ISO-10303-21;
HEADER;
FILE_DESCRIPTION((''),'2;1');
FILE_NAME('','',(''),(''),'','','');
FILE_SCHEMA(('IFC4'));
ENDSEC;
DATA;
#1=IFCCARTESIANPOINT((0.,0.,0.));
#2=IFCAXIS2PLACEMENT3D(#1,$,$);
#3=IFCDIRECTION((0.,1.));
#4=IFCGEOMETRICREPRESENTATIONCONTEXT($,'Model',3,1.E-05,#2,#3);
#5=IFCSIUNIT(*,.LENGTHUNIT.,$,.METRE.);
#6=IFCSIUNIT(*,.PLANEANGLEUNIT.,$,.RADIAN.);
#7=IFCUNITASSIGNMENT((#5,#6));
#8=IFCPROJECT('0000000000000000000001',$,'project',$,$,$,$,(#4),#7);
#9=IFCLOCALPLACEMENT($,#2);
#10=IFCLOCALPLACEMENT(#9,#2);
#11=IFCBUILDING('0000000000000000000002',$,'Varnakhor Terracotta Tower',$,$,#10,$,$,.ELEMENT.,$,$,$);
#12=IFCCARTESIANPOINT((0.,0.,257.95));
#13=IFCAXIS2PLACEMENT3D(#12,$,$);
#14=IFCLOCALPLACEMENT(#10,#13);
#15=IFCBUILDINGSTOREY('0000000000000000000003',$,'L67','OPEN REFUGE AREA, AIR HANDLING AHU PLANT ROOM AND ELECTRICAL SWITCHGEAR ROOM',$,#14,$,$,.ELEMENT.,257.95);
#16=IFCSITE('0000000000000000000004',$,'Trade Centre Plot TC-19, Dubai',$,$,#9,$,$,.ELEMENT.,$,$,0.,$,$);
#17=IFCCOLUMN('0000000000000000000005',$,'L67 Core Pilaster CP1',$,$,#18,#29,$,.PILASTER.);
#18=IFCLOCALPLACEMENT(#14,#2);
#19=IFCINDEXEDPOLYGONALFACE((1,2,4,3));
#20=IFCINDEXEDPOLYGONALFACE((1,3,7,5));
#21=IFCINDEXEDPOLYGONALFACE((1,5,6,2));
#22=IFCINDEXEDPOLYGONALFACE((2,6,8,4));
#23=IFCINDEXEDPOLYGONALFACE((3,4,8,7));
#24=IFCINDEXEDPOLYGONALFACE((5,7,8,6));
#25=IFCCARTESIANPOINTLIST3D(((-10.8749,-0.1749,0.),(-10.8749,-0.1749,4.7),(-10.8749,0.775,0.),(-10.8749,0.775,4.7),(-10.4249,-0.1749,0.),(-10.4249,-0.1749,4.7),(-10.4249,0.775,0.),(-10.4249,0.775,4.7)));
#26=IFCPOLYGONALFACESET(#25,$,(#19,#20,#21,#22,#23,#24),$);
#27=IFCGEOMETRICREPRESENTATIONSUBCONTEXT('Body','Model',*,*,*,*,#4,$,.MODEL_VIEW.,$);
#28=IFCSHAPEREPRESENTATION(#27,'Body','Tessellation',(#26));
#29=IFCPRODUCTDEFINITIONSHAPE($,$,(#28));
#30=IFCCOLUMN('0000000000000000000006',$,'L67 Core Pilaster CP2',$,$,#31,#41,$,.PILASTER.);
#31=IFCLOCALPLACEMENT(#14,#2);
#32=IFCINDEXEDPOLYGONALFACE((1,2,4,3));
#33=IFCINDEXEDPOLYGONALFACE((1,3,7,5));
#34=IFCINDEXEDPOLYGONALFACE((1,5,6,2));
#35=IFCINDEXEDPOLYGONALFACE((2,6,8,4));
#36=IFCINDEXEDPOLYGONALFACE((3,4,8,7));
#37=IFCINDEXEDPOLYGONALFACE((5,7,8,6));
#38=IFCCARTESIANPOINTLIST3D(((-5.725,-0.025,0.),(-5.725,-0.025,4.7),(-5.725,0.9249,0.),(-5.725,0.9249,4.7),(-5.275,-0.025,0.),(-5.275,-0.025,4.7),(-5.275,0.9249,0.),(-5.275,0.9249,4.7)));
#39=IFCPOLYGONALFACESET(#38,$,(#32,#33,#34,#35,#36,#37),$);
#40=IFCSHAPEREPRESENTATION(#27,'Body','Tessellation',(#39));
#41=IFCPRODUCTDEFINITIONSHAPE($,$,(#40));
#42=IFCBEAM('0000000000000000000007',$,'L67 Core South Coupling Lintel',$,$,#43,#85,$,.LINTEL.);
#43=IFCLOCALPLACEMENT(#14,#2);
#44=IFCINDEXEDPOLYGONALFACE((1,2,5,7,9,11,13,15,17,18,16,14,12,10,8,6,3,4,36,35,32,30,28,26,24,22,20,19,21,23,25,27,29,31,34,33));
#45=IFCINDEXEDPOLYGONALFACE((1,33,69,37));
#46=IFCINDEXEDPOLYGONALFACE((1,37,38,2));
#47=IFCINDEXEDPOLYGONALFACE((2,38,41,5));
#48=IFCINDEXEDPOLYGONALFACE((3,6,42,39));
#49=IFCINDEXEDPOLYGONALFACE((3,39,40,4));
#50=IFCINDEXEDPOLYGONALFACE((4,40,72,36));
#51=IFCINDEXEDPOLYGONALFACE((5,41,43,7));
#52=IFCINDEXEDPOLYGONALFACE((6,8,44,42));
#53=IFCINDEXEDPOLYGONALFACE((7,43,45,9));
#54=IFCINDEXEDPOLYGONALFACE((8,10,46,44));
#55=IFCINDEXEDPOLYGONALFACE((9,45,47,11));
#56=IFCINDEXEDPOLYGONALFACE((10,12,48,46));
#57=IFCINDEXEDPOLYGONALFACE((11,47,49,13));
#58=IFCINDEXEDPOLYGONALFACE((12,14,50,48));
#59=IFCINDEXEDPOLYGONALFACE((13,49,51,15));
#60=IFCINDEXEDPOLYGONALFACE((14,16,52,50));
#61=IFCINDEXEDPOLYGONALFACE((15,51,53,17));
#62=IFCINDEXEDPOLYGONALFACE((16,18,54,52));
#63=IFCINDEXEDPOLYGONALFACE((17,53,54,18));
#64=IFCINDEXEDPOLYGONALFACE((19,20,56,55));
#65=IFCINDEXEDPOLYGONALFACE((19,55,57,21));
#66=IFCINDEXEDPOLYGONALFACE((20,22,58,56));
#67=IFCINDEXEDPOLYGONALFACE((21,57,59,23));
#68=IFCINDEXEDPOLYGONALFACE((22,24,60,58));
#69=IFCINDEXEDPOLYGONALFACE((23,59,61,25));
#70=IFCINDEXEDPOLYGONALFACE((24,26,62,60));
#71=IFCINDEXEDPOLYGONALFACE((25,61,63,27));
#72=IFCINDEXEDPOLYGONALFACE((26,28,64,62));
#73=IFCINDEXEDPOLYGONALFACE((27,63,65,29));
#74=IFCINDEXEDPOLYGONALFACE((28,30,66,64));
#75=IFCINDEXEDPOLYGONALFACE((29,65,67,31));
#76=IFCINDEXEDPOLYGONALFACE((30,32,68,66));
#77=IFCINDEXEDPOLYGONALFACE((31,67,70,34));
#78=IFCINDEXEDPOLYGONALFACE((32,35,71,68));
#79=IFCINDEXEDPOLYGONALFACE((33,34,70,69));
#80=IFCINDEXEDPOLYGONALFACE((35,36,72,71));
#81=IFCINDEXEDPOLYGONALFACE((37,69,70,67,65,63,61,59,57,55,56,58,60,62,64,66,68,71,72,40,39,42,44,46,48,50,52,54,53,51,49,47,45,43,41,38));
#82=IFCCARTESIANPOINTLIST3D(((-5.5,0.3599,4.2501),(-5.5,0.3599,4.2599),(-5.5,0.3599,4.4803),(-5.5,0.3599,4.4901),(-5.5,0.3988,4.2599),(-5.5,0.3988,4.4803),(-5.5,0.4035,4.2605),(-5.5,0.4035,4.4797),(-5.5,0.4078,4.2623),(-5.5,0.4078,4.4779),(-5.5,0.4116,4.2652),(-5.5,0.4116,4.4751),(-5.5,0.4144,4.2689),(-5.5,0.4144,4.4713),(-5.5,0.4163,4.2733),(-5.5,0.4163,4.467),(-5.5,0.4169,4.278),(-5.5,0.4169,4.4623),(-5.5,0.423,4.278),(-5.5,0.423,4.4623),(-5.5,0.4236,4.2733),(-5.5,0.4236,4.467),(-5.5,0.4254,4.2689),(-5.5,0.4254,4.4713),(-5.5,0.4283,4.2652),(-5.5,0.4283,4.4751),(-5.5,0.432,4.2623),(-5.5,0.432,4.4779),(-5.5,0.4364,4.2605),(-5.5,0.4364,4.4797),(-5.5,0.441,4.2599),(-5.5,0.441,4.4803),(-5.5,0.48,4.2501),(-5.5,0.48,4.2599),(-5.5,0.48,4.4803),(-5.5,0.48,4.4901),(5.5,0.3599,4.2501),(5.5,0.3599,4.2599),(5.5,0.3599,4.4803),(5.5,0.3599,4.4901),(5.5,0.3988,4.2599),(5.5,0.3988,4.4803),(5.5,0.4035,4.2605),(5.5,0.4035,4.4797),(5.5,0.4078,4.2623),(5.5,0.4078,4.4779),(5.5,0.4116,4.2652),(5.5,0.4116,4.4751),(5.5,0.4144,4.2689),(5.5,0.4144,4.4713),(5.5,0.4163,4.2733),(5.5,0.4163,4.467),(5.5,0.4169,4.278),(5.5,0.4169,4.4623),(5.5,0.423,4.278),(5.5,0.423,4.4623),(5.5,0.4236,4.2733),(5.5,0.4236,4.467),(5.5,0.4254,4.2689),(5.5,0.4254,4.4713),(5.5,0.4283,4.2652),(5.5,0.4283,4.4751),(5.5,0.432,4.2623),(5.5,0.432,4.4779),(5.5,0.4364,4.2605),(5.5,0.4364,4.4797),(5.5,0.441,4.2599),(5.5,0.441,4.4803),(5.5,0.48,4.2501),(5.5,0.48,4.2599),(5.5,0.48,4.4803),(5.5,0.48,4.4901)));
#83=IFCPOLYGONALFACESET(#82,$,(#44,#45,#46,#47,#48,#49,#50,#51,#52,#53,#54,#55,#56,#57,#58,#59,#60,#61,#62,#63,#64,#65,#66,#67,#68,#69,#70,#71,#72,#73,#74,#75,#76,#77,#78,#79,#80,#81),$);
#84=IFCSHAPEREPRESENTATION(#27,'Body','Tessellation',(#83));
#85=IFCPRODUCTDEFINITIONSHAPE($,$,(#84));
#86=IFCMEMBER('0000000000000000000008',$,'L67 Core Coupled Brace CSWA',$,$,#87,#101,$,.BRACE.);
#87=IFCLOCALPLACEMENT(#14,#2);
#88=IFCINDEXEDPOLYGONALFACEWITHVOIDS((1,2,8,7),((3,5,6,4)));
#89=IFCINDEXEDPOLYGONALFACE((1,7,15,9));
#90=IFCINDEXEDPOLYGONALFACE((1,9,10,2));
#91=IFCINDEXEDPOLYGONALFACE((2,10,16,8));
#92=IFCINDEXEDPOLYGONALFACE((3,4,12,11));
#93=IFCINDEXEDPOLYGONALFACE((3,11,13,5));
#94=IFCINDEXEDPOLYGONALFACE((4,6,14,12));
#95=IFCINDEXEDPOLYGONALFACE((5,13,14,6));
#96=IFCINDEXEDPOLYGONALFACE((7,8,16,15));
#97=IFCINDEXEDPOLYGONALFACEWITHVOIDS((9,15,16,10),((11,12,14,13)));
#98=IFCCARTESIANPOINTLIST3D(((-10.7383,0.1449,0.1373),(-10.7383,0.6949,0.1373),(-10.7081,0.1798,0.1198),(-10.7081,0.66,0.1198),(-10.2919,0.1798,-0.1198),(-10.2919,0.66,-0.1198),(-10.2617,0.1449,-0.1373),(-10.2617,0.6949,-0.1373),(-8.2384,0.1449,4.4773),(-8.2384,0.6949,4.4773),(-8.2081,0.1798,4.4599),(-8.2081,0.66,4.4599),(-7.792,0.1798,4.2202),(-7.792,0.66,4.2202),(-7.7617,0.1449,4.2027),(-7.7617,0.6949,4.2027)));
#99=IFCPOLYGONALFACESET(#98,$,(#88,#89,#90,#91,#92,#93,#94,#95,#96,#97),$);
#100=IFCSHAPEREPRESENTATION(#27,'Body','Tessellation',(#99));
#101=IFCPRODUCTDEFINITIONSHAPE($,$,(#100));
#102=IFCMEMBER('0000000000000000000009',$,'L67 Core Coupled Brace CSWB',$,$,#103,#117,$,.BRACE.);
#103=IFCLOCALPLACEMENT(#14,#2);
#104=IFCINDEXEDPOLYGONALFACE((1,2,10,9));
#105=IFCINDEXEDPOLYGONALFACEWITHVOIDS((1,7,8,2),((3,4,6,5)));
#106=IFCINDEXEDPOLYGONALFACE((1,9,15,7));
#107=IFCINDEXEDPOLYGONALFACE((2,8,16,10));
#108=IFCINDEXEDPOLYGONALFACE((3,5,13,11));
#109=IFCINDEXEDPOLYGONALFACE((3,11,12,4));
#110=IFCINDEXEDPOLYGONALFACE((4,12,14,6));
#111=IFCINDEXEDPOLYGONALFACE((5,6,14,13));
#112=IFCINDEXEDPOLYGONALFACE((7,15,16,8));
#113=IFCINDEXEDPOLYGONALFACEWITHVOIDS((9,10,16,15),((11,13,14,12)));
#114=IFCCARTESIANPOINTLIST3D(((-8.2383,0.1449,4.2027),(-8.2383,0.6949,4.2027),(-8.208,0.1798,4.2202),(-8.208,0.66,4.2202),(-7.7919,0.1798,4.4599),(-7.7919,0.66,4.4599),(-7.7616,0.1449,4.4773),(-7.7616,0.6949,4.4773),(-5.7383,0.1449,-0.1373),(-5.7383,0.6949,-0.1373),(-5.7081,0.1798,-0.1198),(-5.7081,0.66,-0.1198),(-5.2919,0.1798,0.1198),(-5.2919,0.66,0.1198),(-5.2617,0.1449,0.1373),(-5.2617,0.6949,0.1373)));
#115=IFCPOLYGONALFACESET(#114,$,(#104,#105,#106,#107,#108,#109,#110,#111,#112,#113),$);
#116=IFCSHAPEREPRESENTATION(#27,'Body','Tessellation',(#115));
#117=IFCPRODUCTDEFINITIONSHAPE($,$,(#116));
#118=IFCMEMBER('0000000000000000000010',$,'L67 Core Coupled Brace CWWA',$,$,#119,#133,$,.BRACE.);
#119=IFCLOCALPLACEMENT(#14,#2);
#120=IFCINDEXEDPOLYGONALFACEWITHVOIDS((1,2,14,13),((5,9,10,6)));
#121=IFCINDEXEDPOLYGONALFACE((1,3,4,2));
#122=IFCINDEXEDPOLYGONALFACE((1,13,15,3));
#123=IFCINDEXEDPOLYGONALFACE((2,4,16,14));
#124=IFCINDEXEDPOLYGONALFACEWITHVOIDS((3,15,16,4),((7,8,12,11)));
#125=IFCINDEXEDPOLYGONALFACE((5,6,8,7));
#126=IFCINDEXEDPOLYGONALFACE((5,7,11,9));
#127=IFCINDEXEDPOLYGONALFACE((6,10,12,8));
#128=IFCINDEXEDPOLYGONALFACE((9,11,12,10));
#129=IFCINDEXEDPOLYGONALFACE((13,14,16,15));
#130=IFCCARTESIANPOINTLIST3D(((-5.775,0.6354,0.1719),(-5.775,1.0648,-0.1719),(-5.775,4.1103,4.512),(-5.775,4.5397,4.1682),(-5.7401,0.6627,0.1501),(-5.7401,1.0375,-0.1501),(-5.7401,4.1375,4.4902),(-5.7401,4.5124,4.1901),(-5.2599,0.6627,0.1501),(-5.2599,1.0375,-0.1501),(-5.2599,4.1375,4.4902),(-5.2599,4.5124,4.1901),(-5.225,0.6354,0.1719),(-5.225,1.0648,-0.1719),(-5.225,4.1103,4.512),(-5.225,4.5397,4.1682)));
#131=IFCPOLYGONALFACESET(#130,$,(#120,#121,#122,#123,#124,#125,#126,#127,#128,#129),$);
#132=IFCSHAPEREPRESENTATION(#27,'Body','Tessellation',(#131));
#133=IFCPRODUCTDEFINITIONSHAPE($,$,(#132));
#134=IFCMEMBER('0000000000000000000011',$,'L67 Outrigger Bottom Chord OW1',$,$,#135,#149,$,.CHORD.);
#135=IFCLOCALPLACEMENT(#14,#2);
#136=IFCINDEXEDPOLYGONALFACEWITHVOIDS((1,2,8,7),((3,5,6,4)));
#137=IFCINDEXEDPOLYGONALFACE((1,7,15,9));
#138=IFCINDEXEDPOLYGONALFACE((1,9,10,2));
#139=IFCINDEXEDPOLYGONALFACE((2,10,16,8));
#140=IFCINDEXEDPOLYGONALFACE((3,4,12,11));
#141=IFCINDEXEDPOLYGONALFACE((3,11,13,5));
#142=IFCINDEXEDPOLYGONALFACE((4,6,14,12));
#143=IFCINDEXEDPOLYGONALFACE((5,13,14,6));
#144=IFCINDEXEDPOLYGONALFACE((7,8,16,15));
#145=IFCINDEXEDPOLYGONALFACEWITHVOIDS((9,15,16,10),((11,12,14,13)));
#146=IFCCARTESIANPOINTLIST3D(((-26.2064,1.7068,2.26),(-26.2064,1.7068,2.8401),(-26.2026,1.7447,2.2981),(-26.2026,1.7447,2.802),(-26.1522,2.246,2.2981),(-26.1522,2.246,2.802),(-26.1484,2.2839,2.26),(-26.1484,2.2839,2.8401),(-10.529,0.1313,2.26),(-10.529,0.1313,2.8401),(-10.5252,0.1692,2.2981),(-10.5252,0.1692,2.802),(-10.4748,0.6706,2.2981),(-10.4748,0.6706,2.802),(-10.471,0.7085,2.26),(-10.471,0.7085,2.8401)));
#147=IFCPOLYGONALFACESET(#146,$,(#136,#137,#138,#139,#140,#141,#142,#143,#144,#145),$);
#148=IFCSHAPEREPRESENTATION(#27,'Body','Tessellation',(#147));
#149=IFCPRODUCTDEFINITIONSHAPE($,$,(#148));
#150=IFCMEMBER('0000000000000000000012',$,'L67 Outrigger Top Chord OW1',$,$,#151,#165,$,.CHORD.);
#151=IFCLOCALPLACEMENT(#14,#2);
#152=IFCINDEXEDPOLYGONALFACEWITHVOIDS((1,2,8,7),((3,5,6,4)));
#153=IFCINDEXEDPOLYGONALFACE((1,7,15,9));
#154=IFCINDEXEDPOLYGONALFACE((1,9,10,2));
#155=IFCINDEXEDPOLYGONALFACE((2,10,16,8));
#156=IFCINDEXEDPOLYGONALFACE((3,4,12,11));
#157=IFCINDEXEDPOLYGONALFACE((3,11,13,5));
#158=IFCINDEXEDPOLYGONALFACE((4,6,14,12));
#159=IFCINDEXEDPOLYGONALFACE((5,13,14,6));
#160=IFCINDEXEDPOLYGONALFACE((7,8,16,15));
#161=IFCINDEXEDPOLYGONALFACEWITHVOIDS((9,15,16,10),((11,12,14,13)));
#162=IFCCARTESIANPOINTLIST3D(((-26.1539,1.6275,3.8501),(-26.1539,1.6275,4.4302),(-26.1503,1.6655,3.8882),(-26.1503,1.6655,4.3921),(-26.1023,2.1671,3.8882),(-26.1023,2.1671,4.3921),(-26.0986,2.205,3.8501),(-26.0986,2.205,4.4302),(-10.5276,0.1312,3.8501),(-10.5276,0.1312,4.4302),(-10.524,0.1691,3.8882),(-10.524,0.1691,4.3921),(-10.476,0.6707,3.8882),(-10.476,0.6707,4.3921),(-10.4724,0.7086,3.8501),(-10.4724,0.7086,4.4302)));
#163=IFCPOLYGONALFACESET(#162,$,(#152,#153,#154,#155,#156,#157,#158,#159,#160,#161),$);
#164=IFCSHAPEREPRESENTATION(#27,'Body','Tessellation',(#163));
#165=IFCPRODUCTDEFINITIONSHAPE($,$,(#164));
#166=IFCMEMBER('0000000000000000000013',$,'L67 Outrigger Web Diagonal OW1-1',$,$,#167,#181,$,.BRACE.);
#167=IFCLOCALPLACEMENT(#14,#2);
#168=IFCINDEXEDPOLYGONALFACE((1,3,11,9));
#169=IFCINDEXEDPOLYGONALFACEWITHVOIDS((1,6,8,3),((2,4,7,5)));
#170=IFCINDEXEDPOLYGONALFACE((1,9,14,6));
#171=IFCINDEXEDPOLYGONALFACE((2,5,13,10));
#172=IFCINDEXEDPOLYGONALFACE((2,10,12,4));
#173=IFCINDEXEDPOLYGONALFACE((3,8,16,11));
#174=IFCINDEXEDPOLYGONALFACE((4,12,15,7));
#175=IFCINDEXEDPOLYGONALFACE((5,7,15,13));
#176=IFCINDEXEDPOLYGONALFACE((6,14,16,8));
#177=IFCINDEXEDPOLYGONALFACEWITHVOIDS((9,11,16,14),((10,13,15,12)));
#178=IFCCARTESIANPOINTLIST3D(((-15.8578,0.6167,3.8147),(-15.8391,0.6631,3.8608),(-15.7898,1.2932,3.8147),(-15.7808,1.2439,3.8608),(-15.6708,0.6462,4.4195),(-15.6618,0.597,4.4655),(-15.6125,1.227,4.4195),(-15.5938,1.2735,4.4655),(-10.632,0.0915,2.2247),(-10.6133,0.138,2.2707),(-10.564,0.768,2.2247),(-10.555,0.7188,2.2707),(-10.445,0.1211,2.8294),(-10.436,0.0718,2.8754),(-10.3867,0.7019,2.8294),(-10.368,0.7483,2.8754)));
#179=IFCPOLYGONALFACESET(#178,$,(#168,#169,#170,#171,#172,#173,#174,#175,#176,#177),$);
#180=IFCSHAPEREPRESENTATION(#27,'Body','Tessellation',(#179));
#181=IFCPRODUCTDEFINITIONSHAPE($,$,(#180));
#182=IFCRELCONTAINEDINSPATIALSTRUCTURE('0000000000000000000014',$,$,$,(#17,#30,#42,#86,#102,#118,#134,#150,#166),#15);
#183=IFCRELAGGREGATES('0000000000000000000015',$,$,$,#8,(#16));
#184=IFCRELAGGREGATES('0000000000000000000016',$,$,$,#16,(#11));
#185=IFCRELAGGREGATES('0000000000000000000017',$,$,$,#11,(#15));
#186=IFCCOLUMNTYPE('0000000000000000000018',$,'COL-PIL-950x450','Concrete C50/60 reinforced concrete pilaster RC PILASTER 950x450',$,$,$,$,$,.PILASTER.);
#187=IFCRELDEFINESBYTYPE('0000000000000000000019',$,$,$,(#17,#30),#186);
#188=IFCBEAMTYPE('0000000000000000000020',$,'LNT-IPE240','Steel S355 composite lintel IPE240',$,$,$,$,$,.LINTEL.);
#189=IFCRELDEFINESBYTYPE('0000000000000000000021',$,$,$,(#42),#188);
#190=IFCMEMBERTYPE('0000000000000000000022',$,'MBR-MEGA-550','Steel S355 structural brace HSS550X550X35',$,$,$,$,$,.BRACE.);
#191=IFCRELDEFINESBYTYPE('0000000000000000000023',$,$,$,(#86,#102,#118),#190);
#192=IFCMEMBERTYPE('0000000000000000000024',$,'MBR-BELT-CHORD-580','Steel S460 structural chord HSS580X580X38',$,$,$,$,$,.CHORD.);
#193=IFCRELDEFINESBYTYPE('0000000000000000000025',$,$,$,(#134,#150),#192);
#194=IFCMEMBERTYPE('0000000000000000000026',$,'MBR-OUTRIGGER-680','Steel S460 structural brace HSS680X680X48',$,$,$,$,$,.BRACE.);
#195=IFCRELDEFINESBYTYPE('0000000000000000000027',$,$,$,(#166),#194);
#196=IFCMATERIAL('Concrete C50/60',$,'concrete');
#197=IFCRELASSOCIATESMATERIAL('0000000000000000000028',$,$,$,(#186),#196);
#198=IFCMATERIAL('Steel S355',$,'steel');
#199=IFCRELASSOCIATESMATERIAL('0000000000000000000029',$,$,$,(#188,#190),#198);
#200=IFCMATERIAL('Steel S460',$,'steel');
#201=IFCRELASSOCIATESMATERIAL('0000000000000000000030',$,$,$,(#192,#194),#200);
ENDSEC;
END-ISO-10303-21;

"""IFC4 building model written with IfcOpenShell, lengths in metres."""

from ifc_helpers import new_model, si_unit, direction, frame, origin, origin_2d, place, context, subcontext, project, spatial, rectangle, hollow_rectangle, i_section, extrude, source, transform, mapped, material, material_profile, profile_set, type_object, type_shapes, element, save


model = new_model("IFC4")

# Units and contexts
model_context = context("Model", 3, precision=1e-05, world=origin(), true_north=direction((0.0, 1.0)))
body_context = subcontext(model_context, "Body", "Model", "MODEL_VIEW")
ifc_project = project(units=[si_unit("LENGTHUNIT", "METRE"), si_unit("PLANEANGLEUNIT", "RADIAN")], contexts=[model_context])

# Site, building, storey
site_placement = place(None, origin())
site = spatial("IfcSite", under=ifc_project, at=site_placement, Name="Trade Centre Plot TC-19, Dubai", CompositionType="ELEMENT", RefElevation=0.0)
building_placement = place(site_placement, origin())
building = spatial("IfcBuilding", under=site, at=building_placement, Name="Varnakhor Terracotta Tower", CompositionType="ELEMENT")
storey_placement = place(building_placement, frame((0.0, 0.0, 257.95)))
storey = spatial("IfcBuildingStorey", under=building, at=storey_placement, Name="L67", Description="OPEN REFUGE AREA, AIR HANDLING AHU PLANT ROOM AND ELECTRICAL SWITCHGEAR ROOM", CompositionType="ELEMENT", Elevation=257.95)

# Columns
ifc_material_1 = material(Name="Concrete C50/60", Category="concrete")
ifc_material_profile_1 = material_profile(ifc_material_1, rectangle(XDim=0.45, YDim=0.95, at=origin_2d()), Name="RC PILASTER 950x450")
ifc_profile_set_1 = profile_set([ifc_material_profile_1], Name="Concrete C50/60")
column_type = type_object("IfcColumnType", Name="COL-PIL-950x450", Description="Concrete C50/60 reinforced concrete pilaster RC PILASTER 950x450", PredefinedType="PILASTER", material=ifc_profile_set_1)
shared_shape_1 = source(origin(), body_context, "Body", "SweptSolid", [
    extrude(rectangle(XDim=0.45, YDim=0.95, at=origin_2d()), origin(), (0.0, 0.0, 1.0), 4.7),
])
for number, where, z_axis, x_axis, name in (
    (1, (-10.6499, 0.3, 0.0), (0.0, 0.0, 1.0), (1.0, 0.0, 0.0), "L67 Core Pilaster CP1"),
    (2, (-5.5, 0.45, 0.0), (0.0, 0.0, 1.0), (1.0, 0.0, 0.0), "L67 Core Pilaster CP2"),
):
    element("IfcColumn", number, at=place(storey_placement, frame(where, z_axis=z_axis, x_axis=x_axis)), inside=storey, type_object=column_type, Name=name, PredefinedType="PILASTER", context=body_context, shape_type="MappedRepresentation", body=[
        mapped(shared_shape_1, transform((0.0, 0.0, 0.0), scale=1.0)),
    ])

# Beam
ifc_material_2 = material(Name="Steel S355", Category="steel")
ifc_material_profile_2 = material_profile(ifc_material_2, i_section(OverallWidth=0.1201, OverallDepth=0.24, WebThickness=0.0061, FlangeThickness=0.0098, FilletRadius=0.0181, at=origin_2d()), Name="IPE240")
ifc_profile_set_2 = profile_set([ifc_material_profile_2], Name="Steel S355")
beam_type = type_object("IfcBeamType", Name="LNT-IPE240", Description="Steel S355 composite lintel IPE240", PredefinedType="LINTEL", material=ifc_profile_set_2)
shared_shape_2 = source(origin(), body_context, "Body", "SweptSolid", [
    extrude(i_section(OverallWidth=0.1201, OverallDepth=0.24, WebThickness=0.0061, FlangeThickness=0.0098, FilletRadius=0.0181, at=origin_2d()), origin(), (0.0, 0.0, 1.0), 11.0),
])
type_shapes(beam_type, [shared_shape_2])
beam_placement = place(storey_placement, frame((-5.5, 0.4199, 4.3701), z_axis=(1.0, 0.0, 0.0), x_axis=(0.0, 1.0, 0.0)))
element("IfcBeam", 3, at=beam_placement, inside=storey, type_object=beam_type, Name="L67 Core South Coupling Lintel", PredefinedType="LINTEL", context=body_context, shape_type="MappedRepresentation", body=[
    mapped(shared_shape_2, transform((0.0, 0.0, 0.0), scale=1.0)),
])

# Members
ifc_material_profile_3 = material_profile(ifc_material_2, hollow_rectangle(XDim=0.55, YDim=0.55, WallThickness=0.0349, at=origin_2d()), Name="HSS550X550X35")
ifc_profile_set_3 = profile_set([ifc_material_profile_3], Name="Steel S355")
member_type_1 = type_object("IfcMemberType", Name="MBR-MEGA-550", Description="Steel S355 structural brace HSS550X550X35", PredefinedType="BRACE", material=ifc_profile_set_3)
shared_shape_3 = source(origin(), body_context, "Body", "SweptSolid", [
    extrude(hollow_rectangle(XDim=0.55, YDim=0.55, WallThickness=0.0349, at=origin_2d()), origin(), (0.0, 0.0, 1.0), 5.0085),
])
for number, where, z_axis, x_axis, name in (
    (4, (-10.5, 0.4199, 0.0), (0.499139, 0.0, 0.866522), (0.0, 1.0, 0.0), "L67 Core Coupled Brace CSWA"),
    (5, (-5.5, 0.4199, 0.0), (-0.499139, 0.0, 0.866522), (0.0, -1.0, 0.0), "L67 Core Coupled Brace CSWB"),
):
    element("IfcMember", number, at=place(storey_placement, frame(where, z_axis=z_axis, x_axis=x_axis)), inside=storey, type_object=member_type_1, Name=name, PredefinedType="BRACE", context=body_context, shape_type="MappedRepresentation", body=[
        mapped(shared_shape_3, transform((0.0, 0.0, 0.0), scale=1.0)),
    ])
shared_shape_4 = source(origin(), body_context, "Body", "SweptSolid", [
    extrude(hollow_rectangle(XDim=0.55, YDim=0.55, WallThickness=0.0349, at=origin_2d()), origin(), (0.0, 0.0, 1.0), 5.5598),
])
member_1_placement = place(storey_placement, frame((-5.5, 0.8501, 0.0), z_axis=(0.0, 0.625, 0.780625), x_axis=(-1.0, 0.0, 0.0)))
element("IfcMember", 6, at=member_1_placement, inside=storey, type_object=member_type_1, Name="L67 Core Coupled Brace CWWA", PredefinedType="BRACE", context=body_context, shape_type="MappedRepresentation", body=[
    mapped(shared_shape_4, transform((0.0, 0.0, 0.0), scale=1.0)),
])
ifc_material_3 = material(Name="Steel S460", Category="steel")
ifc_material_profile_4 = material_profile(ifc_material_3, hollow_rectangle(XDim=0.5801, YDim=0.5801, WallThickness=0.0381, at=origin_2d()), Name="HSS580X580X38")
ifc_profile_set_4 = profile_set([ifc_material_profile_4], Name="Steel S460")
member_type_2 = type_object("IfcMemberType", Name="MBR-BELT-CHORD-580", Description="Steel S460 structural chord HSS580X580X38", PredefinedType="CHORD", material=ifc_profile_set_4)
shared_shape_5 = source(origin(), body_context, "Body", "SweptSolid", [
    extrude(hollow_rectangle(XDim=0.5801, YDim=0.5801, WallThickness=0.0381, at=origin_2d()), origin(), (0.0, 0.0, 1.0), 15.7563),
])
member_2_placement = place(storey_placement, frame((-10.5, 0.4199, 2.55), z_axis=(-0.994989, 0.099987, 0.0), x_axis=(-0.099987, -0.994989, 0.0)))
element("IfcMember", 7, at=member_2_placement, inside=storey, type_object=member_type_2, Name="L67 Outrigger Bottom Chord OW1", PredefinedType="CHORD", context=body_context, shape_type="MappedRepresentation", body=[
    mapped(shared_shape_5, transform((0.0, 0.0, 0.0), scale=1.0)),
])
shared_shape_6 = source(origin(), body_context, "Body", "SweptSolid", [
    extrude(hollow_rectangle(XDim=0.5801, YDim=0.5801, WallThickness=0.0381, at=origin_2d()), origin(), (0.0, 0.0, 1.0), 15.6978),
])
member_3_placement = place(storey_placement, frame((-10.5, 0.4199, 4.1401), z_axis=(-0.995446, 0.095322, 0.0), x_axis=(-0.095322, -0.995446, 0.0)))
element("IfcMember", 8, at=member_3_placement, inside=storey, type_object=member_type_2, Name="L67 Outrigger Top Chord OW1", PredefinedType="CHORD", context=body_context, shape_type="MappedRepresentation", body=[
    mapped(shared_shape_6, transform((0.0, 0.0, 0.0), scale=1.0)),
])
ifc_material_profile_5 = material_profile(ifc_material_3, hollow_rectangle(XDim=0.6799, YDim=0.6799, WallThickness=0.0481, at=origin_2d()), Name="HSS680X680X48")
ifc_profile_set_5 = profile_set([ifc_material_profile_5], Name="Steel S460")
member_type_3 = type_object("IfcMemberType", Name="MBR-OUTRIGGER-680", Description="Steel S460 structural brace HSS680X680X48", PredefinedType="BRACE", material=ifc_profile_set_5)
shared_shape_7 = source(origin(), body_context, "Body", "SweptSolid", [
    extrude(hollow_rectangle(XDim=0.6799, YDim=0.6799, WallThickness=0.0481, at=origin_2d()), origin(), (0.0, 0.0, 1.0), 5.4875),
])
for number, where, z_axis, x_axis, name in (
    (9, (-10.5, 0.4199, 2.55), (-0.952303, 0.095697, 0.289762), (-0.099987, -0.994989, 0.0), "L67 Outrigger Web Diagonal OW1-1"),
):
    element("IfcMember", number, at=place(storey_placement, frame(where, z_axis=z_axis, x_axis=x_axis)), inside=storey, type_object=member_type_3, Name=name, PredefinedType="BRACE", context=body_context, shape_type="MappedRepresentation", body=[
        mapped(shared_shape_7, transform((0.0, 0.0, 0.0), scale=1.0)),
    ])

save(model, "model.ifc")
